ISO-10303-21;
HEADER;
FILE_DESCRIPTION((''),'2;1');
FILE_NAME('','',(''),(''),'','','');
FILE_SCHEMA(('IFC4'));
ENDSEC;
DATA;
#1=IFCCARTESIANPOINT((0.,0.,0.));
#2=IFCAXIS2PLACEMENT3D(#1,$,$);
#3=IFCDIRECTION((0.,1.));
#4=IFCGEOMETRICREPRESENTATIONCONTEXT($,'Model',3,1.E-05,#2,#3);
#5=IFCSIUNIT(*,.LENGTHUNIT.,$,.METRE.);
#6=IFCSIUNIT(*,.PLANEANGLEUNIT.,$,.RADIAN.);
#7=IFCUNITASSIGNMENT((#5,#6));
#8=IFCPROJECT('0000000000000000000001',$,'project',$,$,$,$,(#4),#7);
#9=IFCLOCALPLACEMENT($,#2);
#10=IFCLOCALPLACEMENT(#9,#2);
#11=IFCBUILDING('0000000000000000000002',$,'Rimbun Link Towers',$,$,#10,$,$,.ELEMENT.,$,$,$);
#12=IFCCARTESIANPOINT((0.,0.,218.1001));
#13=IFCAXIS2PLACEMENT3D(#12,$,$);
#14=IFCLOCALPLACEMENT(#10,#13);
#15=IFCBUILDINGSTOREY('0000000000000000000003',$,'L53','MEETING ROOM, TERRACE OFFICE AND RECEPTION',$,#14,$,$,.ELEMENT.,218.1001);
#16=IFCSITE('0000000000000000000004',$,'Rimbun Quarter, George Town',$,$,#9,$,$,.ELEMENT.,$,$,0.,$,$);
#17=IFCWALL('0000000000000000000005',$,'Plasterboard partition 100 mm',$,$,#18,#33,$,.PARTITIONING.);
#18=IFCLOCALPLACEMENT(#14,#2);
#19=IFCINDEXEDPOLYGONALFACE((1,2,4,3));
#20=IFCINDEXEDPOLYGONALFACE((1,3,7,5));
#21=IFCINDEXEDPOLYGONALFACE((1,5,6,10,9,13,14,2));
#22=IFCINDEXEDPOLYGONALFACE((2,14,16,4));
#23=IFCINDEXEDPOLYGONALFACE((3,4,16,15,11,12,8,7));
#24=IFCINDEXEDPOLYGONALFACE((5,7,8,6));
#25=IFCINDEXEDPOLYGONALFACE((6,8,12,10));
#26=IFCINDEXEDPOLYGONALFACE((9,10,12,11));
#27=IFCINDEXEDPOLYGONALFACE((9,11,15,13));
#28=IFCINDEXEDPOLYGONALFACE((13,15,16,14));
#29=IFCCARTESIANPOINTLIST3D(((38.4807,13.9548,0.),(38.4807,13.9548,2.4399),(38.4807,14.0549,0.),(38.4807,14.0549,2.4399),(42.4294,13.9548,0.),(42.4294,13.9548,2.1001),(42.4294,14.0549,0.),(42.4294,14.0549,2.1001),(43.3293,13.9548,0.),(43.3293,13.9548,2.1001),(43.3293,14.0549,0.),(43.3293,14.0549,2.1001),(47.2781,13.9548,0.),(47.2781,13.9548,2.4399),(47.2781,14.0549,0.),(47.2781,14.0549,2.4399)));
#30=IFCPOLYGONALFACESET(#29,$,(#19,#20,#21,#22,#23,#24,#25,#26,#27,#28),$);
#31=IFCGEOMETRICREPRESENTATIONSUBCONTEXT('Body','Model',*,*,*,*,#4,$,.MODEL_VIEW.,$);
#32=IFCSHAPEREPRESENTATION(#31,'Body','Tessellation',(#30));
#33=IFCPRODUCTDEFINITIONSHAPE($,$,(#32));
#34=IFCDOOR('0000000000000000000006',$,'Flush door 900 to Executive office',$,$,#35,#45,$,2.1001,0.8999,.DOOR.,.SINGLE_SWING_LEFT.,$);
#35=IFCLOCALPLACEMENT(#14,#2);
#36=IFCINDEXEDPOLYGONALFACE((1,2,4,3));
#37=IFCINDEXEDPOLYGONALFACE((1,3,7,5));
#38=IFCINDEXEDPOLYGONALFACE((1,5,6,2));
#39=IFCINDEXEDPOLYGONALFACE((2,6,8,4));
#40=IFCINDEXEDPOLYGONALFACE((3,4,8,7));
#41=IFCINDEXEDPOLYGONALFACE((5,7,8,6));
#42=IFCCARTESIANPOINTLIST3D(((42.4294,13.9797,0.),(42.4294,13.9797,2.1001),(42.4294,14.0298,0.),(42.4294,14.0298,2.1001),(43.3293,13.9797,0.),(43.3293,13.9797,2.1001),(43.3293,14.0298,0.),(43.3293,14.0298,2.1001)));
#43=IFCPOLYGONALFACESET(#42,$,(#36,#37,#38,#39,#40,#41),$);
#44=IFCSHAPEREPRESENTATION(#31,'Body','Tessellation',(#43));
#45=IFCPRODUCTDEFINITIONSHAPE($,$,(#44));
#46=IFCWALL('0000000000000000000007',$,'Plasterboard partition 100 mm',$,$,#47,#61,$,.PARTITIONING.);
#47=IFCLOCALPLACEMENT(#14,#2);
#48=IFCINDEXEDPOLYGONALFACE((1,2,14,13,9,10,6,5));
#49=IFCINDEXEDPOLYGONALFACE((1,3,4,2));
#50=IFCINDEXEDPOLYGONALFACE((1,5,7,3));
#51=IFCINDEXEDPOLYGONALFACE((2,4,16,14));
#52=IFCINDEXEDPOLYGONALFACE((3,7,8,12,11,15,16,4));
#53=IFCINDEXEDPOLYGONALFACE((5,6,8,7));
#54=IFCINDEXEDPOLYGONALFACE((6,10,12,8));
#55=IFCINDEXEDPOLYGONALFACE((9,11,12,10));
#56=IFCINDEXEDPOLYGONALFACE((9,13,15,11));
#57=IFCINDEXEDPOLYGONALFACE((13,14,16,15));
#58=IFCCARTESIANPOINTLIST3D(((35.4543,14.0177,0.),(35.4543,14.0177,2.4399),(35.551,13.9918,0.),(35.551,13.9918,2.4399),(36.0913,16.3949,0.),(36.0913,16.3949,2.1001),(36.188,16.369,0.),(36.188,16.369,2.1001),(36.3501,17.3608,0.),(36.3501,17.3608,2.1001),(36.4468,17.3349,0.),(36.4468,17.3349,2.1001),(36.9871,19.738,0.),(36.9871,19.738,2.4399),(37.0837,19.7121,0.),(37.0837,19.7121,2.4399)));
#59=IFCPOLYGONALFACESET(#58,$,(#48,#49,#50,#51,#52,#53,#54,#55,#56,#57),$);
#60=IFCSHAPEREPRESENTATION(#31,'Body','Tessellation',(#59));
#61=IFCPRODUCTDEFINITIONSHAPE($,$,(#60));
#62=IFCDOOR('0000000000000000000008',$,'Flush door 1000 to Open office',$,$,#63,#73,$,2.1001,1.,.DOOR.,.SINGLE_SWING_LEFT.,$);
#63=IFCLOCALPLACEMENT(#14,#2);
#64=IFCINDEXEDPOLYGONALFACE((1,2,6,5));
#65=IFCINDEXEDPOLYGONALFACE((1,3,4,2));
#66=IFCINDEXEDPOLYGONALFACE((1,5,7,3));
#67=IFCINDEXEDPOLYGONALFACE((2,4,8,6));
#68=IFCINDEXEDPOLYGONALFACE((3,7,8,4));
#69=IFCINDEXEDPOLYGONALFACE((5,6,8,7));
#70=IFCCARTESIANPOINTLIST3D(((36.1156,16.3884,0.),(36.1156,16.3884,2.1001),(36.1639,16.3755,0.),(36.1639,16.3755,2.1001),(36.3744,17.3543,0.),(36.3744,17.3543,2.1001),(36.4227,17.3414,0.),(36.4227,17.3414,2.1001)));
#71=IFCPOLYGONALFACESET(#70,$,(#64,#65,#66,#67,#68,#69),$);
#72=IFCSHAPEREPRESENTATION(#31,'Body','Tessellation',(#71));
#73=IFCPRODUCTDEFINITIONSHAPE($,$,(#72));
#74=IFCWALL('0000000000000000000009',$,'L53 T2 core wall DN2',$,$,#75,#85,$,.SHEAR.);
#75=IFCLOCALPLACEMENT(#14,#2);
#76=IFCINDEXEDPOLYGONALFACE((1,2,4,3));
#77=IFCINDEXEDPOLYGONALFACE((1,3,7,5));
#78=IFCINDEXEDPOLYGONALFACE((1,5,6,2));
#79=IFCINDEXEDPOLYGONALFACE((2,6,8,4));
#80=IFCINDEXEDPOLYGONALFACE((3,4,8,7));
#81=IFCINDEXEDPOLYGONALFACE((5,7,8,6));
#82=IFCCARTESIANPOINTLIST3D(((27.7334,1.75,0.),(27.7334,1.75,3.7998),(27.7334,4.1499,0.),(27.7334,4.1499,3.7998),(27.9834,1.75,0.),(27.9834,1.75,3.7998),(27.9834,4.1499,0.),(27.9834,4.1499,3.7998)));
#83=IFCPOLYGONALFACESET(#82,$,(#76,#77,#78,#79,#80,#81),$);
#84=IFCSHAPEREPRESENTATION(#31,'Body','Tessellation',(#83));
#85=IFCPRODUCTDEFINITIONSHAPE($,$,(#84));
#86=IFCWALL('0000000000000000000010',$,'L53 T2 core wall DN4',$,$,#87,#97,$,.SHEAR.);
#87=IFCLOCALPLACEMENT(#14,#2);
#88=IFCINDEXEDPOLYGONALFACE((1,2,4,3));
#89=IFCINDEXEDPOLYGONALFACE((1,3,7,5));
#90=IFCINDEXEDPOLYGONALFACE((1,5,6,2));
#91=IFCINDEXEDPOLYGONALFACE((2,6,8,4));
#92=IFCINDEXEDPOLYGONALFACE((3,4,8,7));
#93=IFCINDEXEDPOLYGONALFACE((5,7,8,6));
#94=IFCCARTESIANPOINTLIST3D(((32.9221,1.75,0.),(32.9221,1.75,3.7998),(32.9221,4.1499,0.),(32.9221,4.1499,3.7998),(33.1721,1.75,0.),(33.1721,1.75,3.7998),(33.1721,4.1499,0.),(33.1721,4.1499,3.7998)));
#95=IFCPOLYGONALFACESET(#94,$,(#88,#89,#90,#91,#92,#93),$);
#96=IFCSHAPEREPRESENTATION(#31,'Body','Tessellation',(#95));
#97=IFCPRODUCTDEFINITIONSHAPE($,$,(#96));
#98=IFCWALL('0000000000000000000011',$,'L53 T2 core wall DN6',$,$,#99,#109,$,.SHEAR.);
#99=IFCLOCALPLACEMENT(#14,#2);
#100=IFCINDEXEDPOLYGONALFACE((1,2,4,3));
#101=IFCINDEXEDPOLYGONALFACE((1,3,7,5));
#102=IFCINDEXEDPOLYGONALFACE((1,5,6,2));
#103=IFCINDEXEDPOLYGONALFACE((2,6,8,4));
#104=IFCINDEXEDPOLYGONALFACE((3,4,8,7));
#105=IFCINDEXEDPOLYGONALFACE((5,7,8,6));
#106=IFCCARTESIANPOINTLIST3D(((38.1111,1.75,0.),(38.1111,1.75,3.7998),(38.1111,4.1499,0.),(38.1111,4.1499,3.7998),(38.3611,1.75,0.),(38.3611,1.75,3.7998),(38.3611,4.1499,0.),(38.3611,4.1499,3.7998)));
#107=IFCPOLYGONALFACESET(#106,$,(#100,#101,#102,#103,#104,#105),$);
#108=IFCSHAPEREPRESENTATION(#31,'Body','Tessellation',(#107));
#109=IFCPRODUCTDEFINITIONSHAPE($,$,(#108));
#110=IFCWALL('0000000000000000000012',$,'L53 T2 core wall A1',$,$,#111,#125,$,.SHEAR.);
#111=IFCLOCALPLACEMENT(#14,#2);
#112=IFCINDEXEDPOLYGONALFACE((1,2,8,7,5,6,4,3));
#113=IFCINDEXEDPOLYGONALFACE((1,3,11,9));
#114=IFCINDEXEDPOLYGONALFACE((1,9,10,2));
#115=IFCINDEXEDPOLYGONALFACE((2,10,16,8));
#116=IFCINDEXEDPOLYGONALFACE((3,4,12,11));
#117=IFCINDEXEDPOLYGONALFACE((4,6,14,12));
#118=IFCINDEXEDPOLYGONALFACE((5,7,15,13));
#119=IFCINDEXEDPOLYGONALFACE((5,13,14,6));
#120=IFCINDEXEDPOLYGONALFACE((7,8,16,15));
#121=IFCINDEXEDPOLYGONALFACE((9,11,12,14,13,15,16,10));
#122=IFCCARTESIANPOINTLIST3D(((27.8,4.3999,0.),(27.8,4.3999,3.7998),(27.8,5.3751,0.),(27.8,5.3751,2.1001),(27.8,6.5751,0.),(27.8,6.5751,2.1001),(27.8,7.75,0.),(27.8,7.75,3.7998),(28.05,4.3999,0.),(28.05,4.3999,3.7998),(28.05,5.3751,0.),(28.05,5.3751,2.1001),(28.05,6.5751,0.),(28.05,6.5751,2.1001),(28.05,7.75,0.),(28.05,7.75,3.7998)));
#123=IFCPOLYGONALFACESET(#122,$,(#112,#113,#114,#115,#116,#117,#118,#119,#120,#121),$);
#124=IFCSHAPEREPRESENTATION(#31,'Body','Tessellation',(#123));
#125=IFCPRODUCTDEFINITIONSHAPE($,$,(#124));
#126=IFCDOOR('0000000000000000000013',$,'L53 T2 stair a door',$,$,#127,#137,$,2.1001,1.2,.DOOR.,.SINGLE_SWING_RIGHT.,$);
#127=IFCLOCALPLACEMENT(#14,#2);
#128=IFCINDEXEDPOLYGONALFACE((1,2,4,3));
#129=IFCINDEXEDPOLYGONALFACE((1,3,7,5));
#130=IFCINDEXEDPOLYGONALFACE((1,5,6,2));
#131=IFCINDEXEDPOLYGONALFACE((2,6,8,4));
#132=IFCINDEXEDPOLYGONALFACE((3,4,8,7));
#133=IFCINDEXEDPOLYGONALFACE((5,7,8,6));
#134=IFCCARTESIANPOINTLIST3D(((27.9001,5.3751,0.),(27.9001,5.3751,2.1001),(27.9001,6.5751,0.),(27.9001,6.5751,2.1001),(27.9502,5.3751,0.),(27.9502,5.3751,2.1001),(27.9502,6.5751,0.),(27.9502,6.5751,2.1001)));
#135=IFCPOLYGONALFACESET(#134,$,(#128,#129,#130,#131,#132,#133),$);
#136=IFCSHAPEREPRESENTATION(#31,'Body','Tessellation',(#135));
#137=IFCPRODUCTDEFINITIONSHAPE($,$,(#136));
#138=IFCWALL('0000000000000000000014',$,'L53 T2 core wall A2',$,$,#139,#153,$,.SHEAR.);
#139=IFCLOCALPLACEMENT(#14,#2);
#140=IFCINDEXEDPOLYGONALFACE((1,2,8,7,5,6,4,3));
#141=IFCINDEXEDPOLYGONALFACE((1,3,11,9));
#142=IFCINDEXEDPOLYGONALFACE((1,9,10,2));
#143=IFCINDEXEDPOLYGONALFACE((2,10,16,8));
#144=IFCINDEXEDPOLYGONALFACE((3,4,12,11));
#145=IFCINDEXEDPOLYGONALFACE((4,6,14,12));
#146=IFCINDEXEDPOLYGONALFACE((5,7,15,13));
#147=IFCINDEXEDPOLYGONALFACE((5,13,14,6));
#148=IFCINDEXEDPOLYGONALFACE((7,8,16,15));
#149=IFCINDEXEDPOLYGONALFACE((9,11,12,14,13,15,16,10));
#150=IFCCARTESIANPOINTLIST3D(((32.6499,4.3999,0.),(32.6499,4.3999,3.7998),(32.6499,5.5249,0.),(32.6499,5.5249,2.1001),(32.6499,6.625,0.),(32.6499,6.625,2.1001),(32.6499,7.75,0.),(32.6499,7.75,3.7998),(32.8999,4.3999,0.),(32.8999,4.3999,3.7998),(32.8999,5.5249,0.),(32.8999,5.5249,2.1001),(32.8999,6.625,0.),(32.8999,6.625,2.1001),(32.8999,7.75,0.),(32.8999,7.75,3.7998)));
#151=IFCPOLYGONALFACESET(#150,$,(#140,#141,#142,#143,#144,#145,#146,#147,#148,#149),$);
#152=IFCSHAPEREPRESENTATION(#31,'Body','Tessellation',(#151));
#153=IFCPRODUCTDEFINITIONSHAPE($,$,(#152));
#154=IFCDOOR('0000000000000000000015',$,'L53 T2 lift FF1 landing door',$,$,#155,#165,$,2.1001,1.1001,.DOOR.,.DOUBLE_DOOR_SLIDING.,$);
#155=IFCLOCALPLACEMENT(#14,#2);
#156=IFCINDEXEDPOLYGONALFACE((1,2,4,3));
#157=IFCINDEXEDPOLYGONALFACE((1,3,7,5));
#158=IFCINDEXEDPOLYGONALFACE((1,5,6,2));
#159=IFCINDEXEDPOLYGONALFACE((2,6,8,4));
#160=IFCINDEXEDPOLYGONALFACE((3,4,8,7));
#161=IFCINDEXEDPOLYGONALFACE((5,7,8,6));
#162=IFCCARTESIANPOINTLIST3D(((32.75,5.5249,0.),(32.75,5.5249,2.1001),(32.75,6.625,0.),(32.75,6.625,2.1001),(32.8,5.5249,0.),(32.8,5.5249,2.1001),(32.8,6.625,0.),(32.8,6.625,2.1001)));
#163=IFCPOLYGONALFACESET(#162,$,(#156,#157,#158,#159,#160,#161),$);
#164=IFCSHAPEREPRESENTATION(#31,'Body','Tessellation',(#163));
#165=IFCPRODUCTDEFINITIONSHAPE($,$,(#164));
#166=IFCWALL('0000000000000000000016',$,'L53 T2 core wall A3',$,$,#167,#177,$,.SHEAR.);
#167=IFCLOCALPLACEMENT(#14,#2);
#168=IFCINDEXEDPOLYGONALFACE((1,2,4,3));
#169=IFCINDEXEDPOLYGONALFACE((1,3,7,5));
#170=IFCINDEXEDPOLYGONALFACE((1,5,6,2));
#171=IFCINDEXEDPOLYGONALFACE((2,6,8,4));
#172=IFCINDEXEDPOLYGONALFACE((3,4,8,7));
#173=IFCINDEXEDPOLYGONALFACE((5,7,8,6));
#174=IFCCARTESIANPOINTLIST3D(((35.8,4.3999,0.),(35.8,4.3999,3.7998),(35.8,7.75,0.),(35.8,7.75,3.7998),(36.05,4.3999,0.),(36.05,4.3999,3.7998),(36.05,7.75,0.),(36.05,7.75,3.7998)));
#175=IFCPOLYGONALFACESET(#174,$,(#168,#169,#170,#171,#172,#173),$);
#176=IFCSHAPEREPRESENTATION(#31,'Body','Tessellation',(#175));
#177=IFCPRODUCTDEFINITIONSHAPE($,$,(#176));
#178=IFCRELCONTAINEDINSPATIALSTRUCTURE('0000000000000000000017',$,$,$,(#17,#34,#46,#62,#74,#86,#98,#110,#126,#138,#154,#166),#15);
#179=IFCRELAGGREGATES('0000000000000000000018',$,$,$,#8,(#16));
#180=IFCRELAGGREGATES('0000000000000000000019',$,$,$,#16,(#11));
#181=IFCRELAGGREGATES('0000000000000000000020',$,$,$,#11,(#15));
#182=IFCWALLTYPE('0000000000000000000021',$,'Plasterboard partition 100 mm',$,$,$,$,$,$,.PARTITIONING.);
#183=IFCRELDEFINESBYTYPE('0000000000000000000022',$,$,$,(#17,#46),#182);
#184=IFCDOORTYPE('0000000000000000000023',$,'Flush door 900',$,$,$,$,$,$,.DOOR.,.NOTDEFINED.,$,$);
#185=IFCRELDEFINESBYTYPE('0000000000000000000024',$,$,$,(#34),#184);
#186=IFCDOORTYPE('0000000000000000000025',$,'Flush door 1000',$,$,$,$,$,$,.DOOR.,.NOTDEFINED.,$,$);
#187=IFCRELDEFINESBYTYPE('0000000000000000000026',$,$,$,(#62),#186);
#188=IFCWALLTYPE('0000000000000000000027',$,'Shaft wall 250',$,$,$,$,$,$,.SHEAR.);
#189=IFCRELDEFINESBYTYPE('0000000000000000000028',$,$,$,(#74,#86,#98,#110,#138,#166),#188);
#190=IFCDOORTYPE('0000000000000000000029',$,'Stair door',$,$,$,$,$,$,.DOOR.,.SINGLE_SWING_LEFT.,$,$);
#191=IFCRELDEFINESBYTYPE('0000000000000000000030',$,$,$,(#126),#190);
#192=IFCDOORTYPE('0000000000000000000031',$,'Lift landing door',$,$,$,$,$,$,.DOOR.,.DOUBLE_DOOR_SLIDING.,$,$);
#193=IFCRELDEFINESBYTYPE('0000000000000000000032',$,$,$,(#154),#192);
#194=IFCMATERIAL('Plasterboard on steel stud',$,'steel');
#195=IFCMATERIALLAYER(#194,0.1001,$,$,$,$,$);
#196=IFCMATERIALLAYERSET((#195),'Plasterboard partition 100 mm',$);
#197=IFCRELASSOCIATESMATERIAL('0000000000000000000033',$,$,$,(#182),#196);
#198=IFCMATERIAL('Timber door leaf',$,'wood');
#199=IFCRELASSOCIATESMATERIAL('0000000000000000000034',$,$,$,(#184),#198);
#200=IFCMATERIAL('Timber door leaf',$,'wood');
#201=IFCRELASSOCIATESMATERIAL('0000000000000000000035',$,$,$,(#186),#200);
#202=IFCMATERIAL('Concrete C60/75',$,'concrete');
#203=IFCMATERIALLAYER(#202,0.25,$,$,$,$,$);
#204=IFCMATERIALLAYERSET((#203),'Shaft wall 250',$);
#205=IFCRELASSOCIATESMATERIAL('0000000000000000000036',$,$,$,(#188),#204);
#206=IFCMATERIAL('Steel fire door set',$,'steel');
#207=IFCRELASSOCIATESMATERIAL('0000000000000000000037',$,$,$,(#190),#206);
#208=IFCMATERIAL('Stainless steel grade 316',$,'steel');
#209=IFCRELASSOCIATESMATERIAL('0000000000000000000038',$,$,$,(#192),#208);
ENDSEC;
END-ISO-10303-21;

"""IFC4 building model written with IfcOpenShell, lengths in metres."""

from ifc_helpers import new_model, si_unit, direction, frame, frame_2d, origin, place, context, subcontext, project, spatial, rectangle, extrude, material, layer, layer_set, type_object, element, fill, save


model = new_model("IFC4")

# Units and contexts
model_context = context("Model", 3, precision=1e-05, world=origin(), true_north=direction((0.0, 1.0)))
body_context = subcontext(model_context, "Body", "Model", "MODEL_VIEW")
ifc_project = project(units=[si_unit("LENGTHUNIT", "METRE"), si_unit("PLANEANGLEUNIT", "RADIAN")], contexts=[model_context])

# Site, building, storey
site_placement = place(None, origin())
site = spatial("IfcSite", under=ifc_project, at=site_placement, Name="Rimbun Quarter, George Town", CompositionType="ELEMENT", RefElevation=0.0)
building_placement = place(site_placement, origin())
building = spatial("IfcBuilding", under=site, at=building_placement, Name="Rimbun Link Towers", CompositionType="ELEMENT")
storey_placement = place(building_placement, frame((0.0, 0.0, 218.1001)))
storey = spatial("IfcBuildingStorey", under=building, at=storey_placement, Name="L53", Description="MEETING ROOM, TERRACE OFFICE AND RECEPTION", CompositionType="ELEMENT", Elevation=218.1001)

# Walls, openings, doors
ifc_material_1 = material(Name="Plasterboard on steel stud", Category="steel")
ifc_layer_1 = layer(ifc_material_1, 0.1001)
ifc_layer_set_1 = layer_set([ifc_layer_1], Name="Plasterboard partition 100 mm")
wall_type_1 = type_object("IfcWallType", Name="Plasterboard partition 100 mm", PredefinedType="PARTITIONING", material=ifc_layer_set_1)
wall_1_placement = place(storey_placement, frame((38.4807, 14.0049, 0.0), z_axis=(0.0, 0.0, 1.0), x_axis=(1.0, 0.0, 0.0)))
wall_1 = element("IfcWall", 1, at=wall_1_placement, inside=storey, type_object=wall_type_1, Name="Plasterboard partition 100 mm", PredefinedType="PARTITIONING", context=body_context, shape_type="SweptSolid", body=[
    extrude(rectangle(XDim=8.7974, YDim=0.1001, at=frame_2d((4.3987, 0.0))), origin(), (0.0, 0.0, 1.0), 2.4399),
])
opening_1_placement = place(wall_1_placement, frame((3.9487, 0.0, 0.0)))
opening_1 = element("IfcOpeningElement", 2, at=opening_1_placement, cuts=wall_1, PredefinedType="OPENING", context=body_context, shape_type="SweptSolid", body=[
    extrude(rectangle(XDim=0.8999, YDim=2.1001, at=frame_2d((0.45, 1.05))), frame((0.0, 0.0601, 0.0), z_axis=(0.0, -1.0, 0.0), x_axis=(1.0, 0.0, 0.0)), (0.0, 0.0, 1.0), 0.1201),
])
ifc_material_2 = material(Name="Timber door leaf", Category="wood")
door_type_1 = type_object("IfcDoorType", Name="Flush door 900", OperationType="NOTDEFINED", PredefinedType="DOOR", material=ifc_material_2)
door_1_placement = place(opening_1_placement, origin())
door_1 = element("IfcDoor", 3, at=door_1_placement, inside=storey, type_object=door_type_1, Name="Flush door 900 to Executive office", OperationType="SINGLE_SWING_LEFT", OverallHeight=2.1001, OverallWidth=0.8999, PredefinedType="DOOR", context=body_context, shape_type="SweptSolid", body=[
    extrude(rectangle(XDim=0.8999, YDim=2.1001, at=frame_2d((0.45, 1.05))), frame((0.0, 0.0249, 0.0), z_axis=(0.0, -1.0, 0.0), x_axis=(1.0, 0.0, 0.0)), (0.0, 0.0, 1.0), 0.05),
])
fill(opening_1, door_1)
wall_2_placement = place(storey_placement, frame((35.5027, 14.0049, 0.0), z_axis=(0.0, 0.0, 1.0), x_axis=(0.258817, 0.965926, 0.0)))
wall_2 = element("IfcWall", 4, at=wall_2_placement, inside=storey, type_object=wall_type_1, Name="Plasterboard partition 100 mm", PredefinedType="PARTITIONING", context=body_context, shape_type="SweptSolid", body=[
    extrude(rectangle(XDim=5.9221, YDim=0.1001, at=frame_2d((2.9609, 0.0))), origin(), (0.0, 0.0, 1.0), 2.4399),
])
opening_2_placement = place(wall_2_placement, frame((2.4609, 0.0, 0.0)))
opening_2 = element("IfcOpeningElement", 5, at=opening_2_placement, cuts=wall_2, PredefinedType="OPENING", context=body_context, shape_type="SweptSolid", body=[
    extrude(rectangle(XDim=1.0, YDim=2.1001, at=frame_2d((0.5, 1.05))), frame((0.0, 0.0601, 0.0), z_axis=(0.0, -1.0, 0.0), x_axis=(1.0, 0.0, 0.0)), (0.0, 0.0, 1.0), 0.1201),
])
ifc_material_3 = material(Name="Timber door leaf", Category="wood")
door_type_2 = type_object("IfcDoorType", Name="Flush door 1000", OperationType="NOTDEFINED", PredefinedType="DOOR", material=ifc_material_3)
door_2_placement = place(opening_2_placement, origin())
door_2 = element("IfcDoor", 6, at=door_2_placement, inside=storey, type_object=door_type_2, Name="Flush door 1000 to Open office", OperationType="SINGLE_SWING_LEFT", OverallHeight=2.1001, OverallWidth=1.0, PredefinedType="DOOR", context=body_context, shape_type="SweptSolid", body=[
    extrude(rectangle(XDim=1.0, YDim=2.1001, at=frame_2d((0.5, 1.05))), frame((0.0, 0.0249, 0.0), z_axis=(0.0, -1.0, 0.0), x_axis=(1.0, 0.0, 0.0)), (0.0, 0.0, 1.0), 0.05),
])
fill(opening_2, door_2)

# Walls
ifc_material_4 = material(Name="Concrete C60/75", Category="concrete")
ifc_layer_2 = layer(ifc_material_4, 0.25)
ifc_layer_set_2 = layer_set([ifc_layer_2], Name="Shaft wall 250")
wall_type_2 = type_object("IfcWallType", Name="Shaft wall 250", PredefinedType="SHEAR", material=ifc_layer_set_2)
for number, where, z_axis, x_axis, name in (
    (7, (27.8584, 1.75, 0.0), (0.0, 0.0, 1.0), (0.0, 1.0, 0.0), "L53 T2 core wall DN2"),
    (8, (33.0471, 1.75, 0.0), (0.0, 0.0, 1.0), (0.0, 1.0, 0.0), "L53 T2 core wall DN4"),
    (9, (38.2361, 1.75, 0.0), (0.0, 0.0, 1.0), (0.0, 1.0, 0.0), "L53 T2 core wall DN6"),
):
    element("IfcWall", number, at=place(storey_placement, frame(where, z_axis=z_axis, x_axis=x_axis)), inside=storey, type_object=wall_type_2, Name=name, PredefinedType="SHEAR", context=body_context, shape_type="SweptSolid", body=[
        extrude(rectangle(XDim=2.3999, YDim=0.25, at=frame_2d((1.2, 0.0))), origin(), (0.0, 0.0, 1.0), 3.7998),
    ])

# Walls, openings, doors
wall_3_placement = place(storey_placement, frame((27.925, 4.3999, 0.0), z_axis=(0.0, 0.0, 1.0), x_axis=(0.0, 1.0, 0.0)))
wall_3 = element("IfcWall", 10, at=wall_3_placement, inside=storey, type_object=wall_type_2, Name="L53 T2 core wall A1", PredefinedType="SHEAR", context=body_context, shape_type="SweptSolid", body=[
    extrude(rectangle(XDim=3.3501, YDim=0.25, at=frame_2d((1.675, 0.0))), origin(), (0.0, 0.0, 1.0), 3.7998),
])
opening_3_placement = place(wall_3_placement, frame((0.9751, 0.0, 0.0)))
opening_3 = element("IfcOpeningElement", 11, at=opening_3_placement, cuts=wall_3, PredefinedType="OPENING", context=body_context, shape_type="SweptSolid", body=[
    extrude(rectangle(XDim=1.2, YDim=2.1001, at=frame_2d((0.6001, 1.05))), frame((0.0, 0.135, 0.0), z_axis=(0.0, -1.0, 0.0), x_axis=(1.0, 0.0, 0.0)), (0.0, 0.0, 1.0), 0.27),
])
ifc_material_5 = material(Name="Steel fire door set", Category="steel")
door_type_3 = type_object("IfcDoorType", Name="Stair door", OperationType="SINGLE_SWING_LEFT", PredefinedType="DOOR", material=ifc_material_5)
door_3_placement = place(opening_3_placement, origin())
door_3 = element("IfcDoor", 12, at=door_3_placement, inside=storey, type_object=door_type_3, Name="L53 T2 stair a door", OperationType="SINGLE_SWING_RIGHT", OverallHeight=2.1001, OverallWidth=1.2, PredefinedType="DOOR", context=body_context, shape_type="SweptSolid", body=[
    extrude(rectangle(XDim=1.2, YDim=2.1001, at=frame_2d((0.6001, 1.05))), frame((0.0, 0.0249, 0.0), z_axis=(0.0, -1.0, 0.0), x_axis=(1.0, 0.0, 0.0)), (0.0, 0.0, 1.0), 0.05),
])
fill(opening_3, door_3)
wall_4_placement = place(storey_placement, frame((32.7749, 4.3999, 0.0), z_axis=(0.0, 0.0, 1.0), x_axis=(0.0, 1.0, 0.0)))
wall_4 = element("IfcWall", 13, at=wall_4_placement, inside=storey, type_object=wall_type_2, Name="L53 T2 core wall A2", PredefinedType="SHEAR", context=body_context, shape_type="SweptSolid", body=[
    extrude(rectangle(XDim=3.3501, YDim=0.25, at=frame_2d((1.675, 0.0))), origin(), (0.0, 0.0, 1.0), 3.7998),
])
opening_4_placement = place(wall_4_placement, frame((1.125, 0.0, 0.0)))
opening_4 = element("IfcOpeningElement", 14, at=opening_4_placement, cuts=wall_4, PredefinedType="OPENING", context=body_context, shape_type="SweptSolid", body=[
    extrude(rectangle(XDim=1.1001, YDim=2.1001, at=frame_2d((0.55, 1.05))), frame((0.0, 0.135, 0.0), z_axis=(0.0, -1.0, 0.0), x_axis=(1.0, 0.0, 0.0)), (0.0, 0.0, 1.0), 0.27),
])
ifc_material_6 = material(Name="Stainless steel grade 316", Category="steel")
door_type_4 = type_object("IfcDoorType", Name="Lift landing door", OperationType="DOUBLE_DOOR_SLIDING", PredefinedType="DOOR", material=ifc_material_6)
door_4_placement = place(opening_4_placement, origin())
door_4 = element("IfcDoor", 15, at=door_4_placement, inside=storey, type_object=door_type_4, Name="L53 T2 lift FF1 landing door", OperationType="DOUBLE_DOOR_SLIDING", OverallHeight=2.1001, OverallWidth=1.1001, PredefinedType="DOOR", context=body_context, shape_type="SweptSolid", body=[
    extrude(rectangle(XDim=1.1001, YDim=2.1001, at=frame_2d((0.55, 1.05))), frame((0.0, 0.0249, 0.0), z_axis=(0.0, -1.0, 0.0), x_axis=(1.0, 0.0, 0.0)), (0.0, 0.0, 1.0), 0.05),
])
fill(opening_4, door_4)

# Wall
wall_5_placement = place(storey_placement, frame((35.925, 4.3999, 0.0), z_axis=(0.0, 0.0, 1.0), x_axis=(0.0, 1.0, 0.0)))
element("IfcWall", 16, at=wall_5_placement, inside=storey, type_object=wall_type_2, Name="L53 T2 core wall A3", PredefinedType="SHEAR", context=body_context, shape_type="SweptSolid", body=[
    extrude(rectangle(XDim=3.3501, YDim=0.25, at=frame_2d((1.675, 0.0))), origin(), (0.0, 0.0, 1.0), 3.7998),
])

save(model, "model.ifc")
